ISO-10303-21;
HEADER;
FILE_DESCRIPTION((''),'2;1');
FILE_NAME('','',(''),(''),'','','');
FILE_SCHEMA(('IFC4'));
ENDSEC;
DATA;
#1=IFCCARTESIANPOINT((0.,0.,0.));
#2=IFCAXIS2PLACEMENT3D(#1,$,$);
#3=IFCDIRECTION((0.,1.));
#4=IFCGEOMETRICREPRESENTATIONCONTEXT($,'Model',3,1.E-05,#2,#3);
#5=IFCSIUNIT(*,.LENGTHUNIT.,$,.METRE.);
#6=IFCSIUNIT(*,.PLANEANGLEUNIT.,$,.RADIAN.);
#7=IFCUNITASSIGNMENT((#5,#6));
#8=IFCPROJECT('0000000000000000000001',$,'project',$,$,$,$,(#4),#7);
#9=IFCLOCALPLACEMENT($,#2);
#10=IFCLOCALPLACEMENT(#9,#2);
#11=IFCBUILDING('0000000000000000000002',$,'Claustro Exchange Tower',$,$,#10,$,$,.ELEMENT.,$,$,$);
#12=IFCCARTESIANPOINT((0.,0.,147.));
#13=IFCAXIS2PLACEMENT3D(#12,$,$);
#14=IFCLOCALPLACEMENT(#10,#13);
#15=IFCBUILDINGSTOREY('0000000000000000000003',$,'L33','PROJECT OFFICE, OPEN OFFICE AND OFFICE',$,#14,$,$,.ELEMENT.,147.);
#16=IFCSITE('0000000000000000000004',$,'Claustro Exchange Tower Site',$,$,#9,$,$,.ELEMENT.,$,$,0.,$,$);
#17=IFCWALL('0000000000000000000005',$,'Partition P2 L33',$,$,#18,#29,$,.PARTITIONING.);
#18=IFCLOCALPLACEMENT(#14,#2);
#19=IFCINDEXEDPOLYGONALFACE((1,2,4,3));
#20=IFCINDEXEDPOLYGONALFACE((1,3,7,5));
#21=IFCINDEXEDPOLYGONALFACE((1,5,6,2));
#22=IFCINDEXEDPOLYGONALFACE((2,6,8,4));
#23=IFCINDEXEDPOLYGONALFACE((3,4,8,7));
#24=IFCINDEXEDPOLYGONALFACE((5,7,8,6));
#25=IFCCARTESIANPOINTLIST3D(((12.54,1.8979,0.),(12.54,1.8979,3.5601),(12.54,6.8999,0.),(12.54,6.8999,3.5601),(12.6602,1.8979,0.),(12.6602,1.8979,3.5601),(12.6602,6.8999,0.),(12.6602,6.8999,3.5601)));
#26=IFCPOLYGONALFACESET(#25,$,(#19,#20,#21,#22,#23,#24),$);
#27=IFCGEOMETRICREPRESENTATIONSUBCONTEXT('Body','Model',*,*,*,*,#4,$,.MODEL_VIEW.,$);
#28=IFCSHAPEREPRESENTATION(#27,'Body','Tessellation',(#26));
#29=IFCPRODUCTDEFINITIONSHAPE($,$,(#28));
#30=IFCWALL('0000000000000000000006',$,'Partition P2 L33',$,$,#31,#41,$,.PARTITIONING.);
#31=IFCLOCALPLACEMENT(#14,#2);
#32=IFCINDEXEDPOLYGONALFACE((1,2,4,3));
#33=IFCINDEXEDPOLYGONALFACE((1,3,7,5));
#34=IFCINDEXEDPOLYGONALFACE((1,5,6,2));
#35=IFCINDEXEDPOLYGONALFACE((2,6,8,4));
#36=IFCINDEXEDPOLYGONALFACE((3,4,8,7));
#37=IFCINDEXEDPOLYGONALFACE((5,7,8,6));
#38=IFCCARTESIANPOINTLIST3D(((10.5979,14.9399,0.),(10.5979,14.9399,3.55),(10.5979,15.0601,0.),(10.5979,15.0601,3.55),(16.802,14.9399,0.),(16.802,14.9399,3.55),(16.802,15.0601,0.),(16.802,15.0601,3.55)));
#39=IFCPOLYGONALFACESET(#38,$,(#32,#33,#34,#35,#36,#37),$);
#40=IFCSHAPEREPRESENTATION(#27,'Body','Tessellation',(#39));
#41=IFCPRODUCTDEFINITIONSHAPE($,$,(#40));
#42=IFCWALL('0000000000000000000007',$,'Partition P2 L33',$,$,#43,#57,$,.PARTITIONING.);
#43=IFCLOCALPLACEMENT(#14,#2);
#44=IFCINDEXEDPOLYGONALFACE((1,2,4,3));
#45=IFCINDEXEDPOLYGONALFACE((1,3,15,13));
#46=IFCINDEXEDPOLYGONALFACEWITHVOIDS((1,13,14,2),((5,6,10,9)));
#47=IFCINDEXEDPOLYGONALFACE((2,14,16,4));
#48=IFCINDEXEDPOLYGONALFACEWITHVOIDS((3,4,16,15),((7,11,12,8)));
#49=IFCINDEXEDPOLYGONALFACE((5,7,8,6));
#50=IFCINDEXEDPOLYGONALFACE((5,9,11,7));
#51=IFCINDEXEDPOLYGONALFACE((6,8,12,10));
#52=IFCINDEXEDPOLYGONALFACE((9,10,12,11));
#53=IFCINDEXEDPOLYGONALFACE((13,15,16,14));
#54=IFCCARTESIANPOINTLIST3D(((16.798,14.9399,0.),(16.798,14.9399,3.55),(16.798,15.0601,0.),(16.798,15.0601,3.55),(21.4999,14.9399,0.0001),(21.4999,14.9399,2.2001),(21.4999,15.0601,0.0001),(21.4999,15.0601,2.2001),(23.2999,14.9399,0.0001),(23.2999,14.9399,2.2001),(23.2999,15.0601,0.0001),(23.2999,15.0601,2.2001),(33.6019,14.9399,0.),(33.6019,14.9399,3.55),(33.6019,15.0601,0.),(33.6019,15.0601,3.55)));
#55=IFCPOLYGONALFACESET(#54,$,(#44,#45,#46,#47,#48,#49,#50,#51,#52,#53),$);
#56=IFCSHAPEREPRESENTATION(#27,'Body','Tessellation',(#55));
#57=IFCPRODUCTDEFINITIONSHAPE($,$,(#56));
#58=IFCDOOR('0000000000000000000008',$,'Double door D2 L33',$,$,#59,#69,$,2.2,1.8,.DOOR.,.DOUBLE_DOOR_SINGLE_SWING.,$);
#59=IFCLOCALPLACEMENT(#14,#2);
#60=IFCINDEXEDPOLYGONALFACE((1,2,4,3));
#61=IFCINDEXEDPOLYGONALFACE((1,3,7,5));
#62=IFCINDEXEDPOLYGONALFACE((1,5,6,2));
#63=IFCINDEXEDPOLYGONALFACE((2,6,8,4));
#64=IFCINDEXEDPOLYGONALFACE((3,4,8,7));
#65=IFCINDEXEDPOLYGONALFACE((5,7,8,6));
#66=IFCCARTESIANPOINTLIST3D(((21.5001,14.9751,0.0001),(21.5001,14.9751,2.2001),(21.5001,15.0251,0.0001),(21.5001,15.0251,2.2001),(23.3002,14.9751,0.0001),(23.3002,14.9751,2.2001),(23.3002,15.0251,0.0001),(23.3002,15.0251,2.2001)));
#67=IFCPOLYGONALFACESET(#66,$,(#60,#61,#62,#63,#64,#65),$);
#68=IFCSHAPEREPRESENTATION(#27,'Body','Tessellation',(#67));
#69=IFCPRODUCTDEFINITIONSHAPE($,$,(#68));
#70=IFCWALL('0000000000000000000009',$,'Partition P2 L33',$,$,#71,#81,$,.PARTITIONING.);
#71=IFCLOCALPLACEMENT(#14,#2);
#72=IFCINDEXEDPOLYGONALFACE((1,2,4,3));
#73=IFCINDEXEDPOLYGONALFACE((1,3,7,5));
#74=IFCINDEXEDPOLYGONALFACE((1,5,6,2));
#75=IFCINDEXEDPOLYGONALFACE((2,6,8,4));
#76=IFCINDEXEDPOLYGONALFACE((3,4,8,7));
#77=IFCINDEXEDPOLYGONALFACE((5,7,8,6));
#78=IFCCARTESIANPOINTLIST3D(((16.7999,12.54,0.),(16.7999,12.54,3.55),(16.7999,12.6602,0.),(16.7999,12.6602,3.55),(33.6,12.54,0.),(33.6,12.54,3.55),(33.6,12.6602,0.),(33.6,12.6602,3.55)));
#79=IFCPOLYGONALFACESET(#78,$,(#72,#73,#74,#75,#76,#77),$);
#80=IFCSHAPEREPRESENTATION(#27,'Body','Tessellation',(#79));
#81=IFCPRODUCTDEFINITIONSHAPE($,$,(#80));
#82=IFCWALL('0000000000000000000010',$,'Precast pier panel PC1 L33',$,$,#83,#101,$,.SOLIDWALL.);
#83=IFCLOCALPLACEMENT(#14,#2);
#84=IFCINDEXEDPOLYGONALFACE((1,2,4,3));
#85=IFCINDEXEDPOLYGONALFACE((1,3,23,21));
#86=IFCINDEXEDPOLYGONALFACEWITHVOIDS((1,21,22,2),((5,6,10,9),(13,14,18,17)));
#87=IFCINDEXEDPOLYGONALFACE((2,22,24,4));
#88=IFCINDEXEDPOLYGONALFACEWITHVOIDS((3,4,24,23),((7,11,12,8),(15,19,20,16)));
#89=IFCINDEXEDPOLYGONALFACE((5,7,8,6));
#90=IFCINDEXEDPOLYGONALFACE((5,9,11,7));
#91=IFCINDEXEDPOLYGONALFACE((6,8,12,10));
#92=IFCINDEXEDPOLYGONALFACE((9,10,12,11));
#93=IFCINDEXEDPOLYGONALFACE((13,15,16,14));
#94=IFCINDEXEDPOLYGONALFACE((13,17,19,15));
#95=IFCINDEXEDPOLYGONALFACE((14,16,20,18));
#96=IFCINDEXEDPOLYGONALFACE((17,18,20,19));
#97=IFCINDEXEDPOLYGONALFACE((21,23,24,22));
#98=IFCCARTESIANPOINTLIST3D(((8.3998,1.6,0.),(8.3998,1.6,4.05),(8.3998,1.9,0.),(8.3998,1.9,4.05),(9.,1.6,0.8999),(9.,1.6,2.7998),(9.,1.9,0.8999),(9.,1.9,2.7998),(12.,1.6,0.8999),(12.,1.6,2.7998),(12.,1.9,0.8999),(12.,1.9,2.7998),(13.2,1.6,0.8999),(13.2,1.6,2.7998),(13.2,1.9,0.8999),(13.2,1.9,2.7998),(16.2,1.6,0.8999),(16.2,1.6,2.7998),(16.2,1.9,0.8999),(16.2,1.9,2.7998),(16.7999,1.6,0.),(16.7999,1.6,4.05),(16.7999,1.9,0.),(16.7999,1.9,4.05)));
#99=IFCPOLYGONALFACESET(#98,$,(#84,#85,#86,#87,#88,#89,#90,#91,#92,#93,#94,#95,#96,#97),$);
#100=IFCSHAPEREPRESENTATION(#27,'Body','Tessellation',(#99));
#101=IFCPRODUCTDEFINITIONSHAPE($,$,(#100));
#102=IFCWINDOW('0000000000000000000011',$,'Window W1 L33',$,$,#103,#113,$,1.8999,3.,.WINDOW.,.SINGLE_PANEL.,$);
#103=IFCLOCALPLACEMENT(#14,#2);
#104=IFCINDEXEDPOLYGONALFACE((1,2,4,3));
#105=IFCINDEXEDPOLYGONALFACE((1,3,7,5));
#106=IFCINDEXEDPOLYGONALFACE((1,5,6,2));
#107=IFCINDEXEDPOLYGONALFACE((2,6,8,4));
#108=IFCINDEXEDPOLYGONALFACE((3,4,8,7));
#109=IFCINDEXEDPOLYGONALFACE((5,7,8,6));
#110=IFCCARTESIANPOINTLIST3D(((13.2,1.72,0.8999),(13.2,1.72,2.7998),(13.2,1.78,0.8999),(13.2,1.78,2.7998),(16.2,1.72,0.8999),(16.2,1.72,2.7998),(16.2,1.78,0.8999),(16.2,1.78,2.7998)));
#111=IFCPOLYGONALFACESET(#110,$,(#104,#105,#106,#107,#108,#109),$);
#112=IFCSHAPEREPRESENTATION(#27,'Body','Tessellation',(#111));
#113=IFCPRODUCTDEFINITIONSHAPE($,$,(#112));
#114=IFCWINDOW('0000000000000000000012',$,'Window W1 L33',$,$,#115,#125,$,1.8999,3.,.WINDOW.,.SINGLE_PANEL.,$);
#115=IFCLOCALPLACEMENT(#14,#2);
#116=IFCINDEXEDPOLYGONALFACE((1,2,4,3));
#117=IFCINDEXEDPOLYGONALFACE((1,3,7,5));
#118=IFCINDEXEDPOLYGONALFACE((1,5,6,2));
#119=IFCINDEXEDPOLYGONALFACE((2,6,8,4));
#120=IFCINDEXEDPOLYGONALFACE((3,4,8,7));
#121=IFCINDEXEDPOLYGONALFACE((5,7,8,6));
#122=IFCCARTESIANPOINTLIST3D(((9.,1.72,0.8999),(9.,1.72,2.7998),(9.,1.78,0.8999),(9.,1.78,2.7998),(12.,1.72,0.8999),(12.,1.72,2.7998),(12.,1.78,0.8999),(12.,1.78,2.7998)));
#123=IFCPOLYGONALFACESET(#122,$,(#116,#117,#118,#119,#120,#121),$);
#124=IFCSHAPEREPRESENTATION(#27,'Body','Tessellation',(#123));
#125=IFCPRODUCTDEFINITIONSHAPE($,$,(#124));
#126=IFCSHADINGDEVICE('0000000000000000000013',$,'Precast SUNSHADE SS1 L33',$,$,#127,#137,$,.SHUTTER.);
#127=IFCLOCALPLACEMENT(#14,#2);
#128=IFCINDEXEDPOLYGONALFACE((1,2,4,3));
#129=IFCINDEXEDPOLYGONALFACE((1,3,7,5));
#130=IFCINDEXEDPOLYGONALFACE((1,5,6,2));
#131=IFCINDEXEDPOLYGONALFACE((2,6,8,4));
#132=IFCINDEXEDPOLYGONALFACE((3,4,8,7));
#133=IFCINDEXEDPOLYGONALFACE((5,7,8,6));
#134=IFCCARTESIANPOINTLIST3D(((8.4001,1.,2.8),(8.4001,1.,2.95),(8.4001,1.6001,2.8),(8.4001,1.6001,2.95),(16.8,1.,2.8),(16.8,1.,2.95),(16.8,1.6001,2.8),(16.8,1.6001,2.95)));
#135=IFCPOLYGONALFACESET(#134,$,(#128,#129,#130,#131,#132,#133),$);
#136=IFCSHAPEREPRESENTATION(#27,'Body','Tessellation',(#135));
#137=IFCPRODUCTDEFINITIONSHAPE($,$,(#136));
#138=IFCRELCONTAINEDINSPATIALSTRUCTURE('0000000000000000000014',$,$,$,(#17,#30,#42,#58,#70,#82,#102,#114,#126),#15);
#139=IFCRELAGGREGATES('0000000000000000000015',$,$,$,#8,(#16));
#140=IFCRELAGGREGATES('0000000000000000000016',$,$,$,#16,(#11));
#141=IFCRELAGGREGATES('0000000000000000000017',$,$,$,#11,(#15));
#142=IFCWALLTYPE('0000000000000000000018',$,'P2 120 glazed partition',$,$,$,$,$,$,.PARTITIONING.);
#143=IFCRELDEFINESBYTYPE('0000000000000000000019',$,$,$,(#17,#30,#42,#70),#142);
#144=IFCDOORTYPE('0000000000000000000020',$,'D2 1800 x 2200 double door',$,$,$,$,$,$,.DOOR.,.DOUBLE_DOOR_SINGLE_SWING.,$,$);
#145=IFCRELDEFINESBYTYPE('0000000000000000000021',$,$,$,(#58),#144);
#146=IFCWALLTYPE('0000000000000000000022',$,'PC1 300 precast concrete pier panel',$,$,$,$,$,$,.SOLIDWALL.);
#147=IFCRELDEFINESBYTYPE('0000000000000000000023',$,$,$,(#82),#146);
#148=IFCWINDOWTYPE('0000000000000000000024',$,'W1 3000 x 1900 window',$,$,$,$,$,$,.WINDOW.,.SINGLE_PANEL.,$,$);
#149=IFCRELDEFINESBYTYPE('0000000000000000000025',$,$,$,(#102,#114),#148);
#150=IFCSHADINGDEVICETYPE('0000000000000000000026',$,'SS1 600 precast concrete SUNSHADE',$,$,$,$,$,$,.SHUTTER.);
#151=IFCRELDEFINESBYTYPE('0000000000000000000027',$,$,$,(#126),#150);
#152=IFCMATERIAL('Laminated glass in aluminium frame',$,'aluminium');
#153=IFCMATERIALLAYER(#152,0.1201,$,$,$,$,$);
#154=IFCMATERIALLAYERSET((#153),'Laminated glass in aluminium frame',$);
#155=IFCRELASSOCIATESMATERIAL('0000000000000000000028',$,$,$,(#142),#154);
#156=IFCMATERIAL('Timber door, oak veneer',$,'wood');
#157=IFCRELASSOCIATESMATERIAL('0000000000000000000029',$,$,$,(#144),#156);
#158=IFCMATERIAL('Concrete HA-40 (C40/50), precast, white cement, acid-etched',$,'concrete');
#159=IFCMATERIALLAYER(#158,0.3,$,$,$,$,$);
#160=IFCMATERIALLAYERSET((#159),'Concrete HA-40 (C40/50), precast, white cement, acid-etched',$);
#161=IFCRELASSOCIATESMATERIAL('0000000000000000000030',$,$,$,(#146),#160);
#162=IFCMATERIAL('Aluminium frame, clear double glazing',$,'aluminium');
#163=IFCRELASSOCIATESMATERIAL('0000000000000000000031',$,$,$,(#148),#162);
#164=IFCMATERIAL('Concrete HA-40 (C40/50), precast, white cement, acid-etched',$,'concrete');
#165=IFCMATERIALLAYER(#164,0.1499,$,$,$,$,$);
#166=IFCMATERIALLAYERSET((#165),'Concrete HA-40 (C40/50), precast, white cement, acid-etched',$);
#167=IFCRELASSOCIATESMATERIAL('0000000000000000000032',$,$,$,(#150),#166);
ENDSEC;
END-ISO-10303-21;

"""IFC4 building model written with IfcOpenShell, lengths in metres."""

from ifc_helpers import new_model, si_unit, direction, frame, frame_2d, origin, origin_2d, place, context, subcontext, project, spatial, rectangle, extrude, material, layer, layer_set, type_object, element, fill, save


model = new_model("IFC4")

# Units and contexts
model_context = context("Model", 3, precision=1e-05, world=origin(), true_north=direction((0.0, 1.0)))
body_context = subcontext(model_context, "Body", "Model", "MODEL_VIEW")
ifc_project = project(units=[si_unit("LENGTHUNIT", "METRE"), si_unit("PLANEANGLEUNIT", "RADIAN")], contexts=[model_context])

# Site, building, storey
site_placement = place(None, origin())
site = spatial("IfcSite", under=ifc_project, at=site_placement, Name="Claustro Exchange Tower Site", CompositionType="ELEMENT", RefElevation=0.0)
building_placement = place(site_placement, origin())
building = spatial("IfcBuilding", under=site, at=building_placement, Name="Claustro Exchange Tower", CompositionType="ELEMENT")
storey_placement = place(building_placement, frame((0.0, 0.0, 147.0)))
storey = spatial("IfcBuildingStorey", under=building, at=storey_placement, Name="L33", Description="PROJECT OFFICE, OPEN OFFICE AND OFFICE", CompositionType="ELEMENT", Elevation=147.0)

# Walls
ifc_material_1 = material(Name="Laminated glass in aluminium frame", Category="aluminium")
ifc_layer_1 = layer(ifc_material_1, 0.1201)
ifc_layer_set_1 = layer_set([ifc_layer_1], Name="Laminated glass in aluminium frame")
wall_type_1 = type_object("IfcWallType", Name="P2 120 glazed partition", PredefinedType="PARTITIONING", material=ifc_layer_set_1)
wall_1_placement = place(storey_placement, frame((12.6001, 1.8979, 0.0), z_axis=(0.0, 0.0, 1.0), x_axis=(0.0, 1.0, 0.0)))
element("IfcWall", 1, at=wall_1_placement, inside=storey, type_object=wall_type_1, Name="Partition P2 L33", PredefinedType="PARTITIONING", context=body_context, shape_type="SweptSolid", body=[
    extrude(rectangle(XDim=5.002, YDim=0.1201, at=frame_2d((2.501, 0.0))), origin(), (0.0, 0.0, 1.0), 3.5601),
])
wall_2_placement = place(storey_placement, frame((10.5979, 15.0, 0.0), z_axis=(0.0, 0.0, 1.0), x_axis=(1.0, 0.0, 0.0)))
element("IfcWall", 2, at=wall_2_placement, inside=storey, type_object=wall_type_1, Name="Partition P2 L33", PredefinedType="PARTITIONING", context=body_context, shape_type="SweptSolid", body=[
    extrude(rectangle(XDim=6.2041, YDim=0.1201, at=frame_2d((3.1021, 0.0))), origin(), (0.0, 0.0, 1.0), 3.55),
])

# Wall, opening, door
wall_3_placement = place(storey_placement, frame((16.7981, 15.0, 0.0), z_axis=(0.0, 0.0, 1.0), x_axis=(1.0, 0.0, 0.0)))
wall_3 = element("IfcWall", 3, at=wall_3_placement, inside=storey, type_object=wall_type_1, Name="Partition P2 L33", PredefinedType="PARTITIONING", context=body_context, shape_type="SweptSolid", body=[
    extrude(rectangle(XDim=16.804, YDim=0.1201, at=frame_2d((8.4019, 0.0))), origin(), (0.0, 0.0, 1.0), 3.55),
])
opening_1_placement = place(wall_3_placement, frame((4.7019, 0.0, 0.0)))
opening_1 = element("IfcOpeningElement", 4, at=opening_1_placement, cuts=wall_3, PredefinedType="OPENING", context=body_context, shape_type="SweptSolid", body=[
    extrude(rectangle(XDim=1.8, YDim=2.2, at=frame_2d((0.8999, 1.1001))), frame((0.0, 0.0701, 0.0), z_axis=(0.0, -1.0, 0.0), x_axis=(1.0, 0.0, 0.0)), (0.0, 0.0, 1.0), 0.1401),
])
ifc_material_2 = material(Name="Timber door, oak veneer", Category="wood")
door_type_1 = type_object("IfcDoorType", Name="D2 1800 x 2200 double door", OperationType="DOUBLE_DOOR_SINGLE_SWING", PredefinedType="DOOR", material=ifc_material_2)
door_1_placement = place(opening_1_placement, frame((1.8, 0.0, 0.0), z_axis=(0.0, 0.0, 1.0), x_axis=(-1.0, 0.0, 0.0)))
door_1 = element("IfcDoor", 5, at=door_1_placement, inside=storey, type_object=door_type_1, Name="Double door D2 L33", OperationType="DOUBLE_DOOR_SINGLE_SWING", OverallHeight=2.2, OverallWidth=1.8, PredefinedType="DOOR", context=body_context, shape_type="SweptSolid", body=[
    extrude(rectangle(XDim=1.8, YDim=2.2, at=frame_2d((0.8999, 1.1001))), frame((0.0, 0.0249, 0.0), z_axis=(0.0, -1.0, 0.0), x_axis=(1.0, 0.0, 0.0)), (0.0, 0.0, 1.0), 0.05),
])
fill(opening_1, door_1)

# Wall
wall_4_placement = place(storey_placement, frame((16.8, 12.6001, 0.0), z_axis=(0.0, 0.0, 1.0), x_axis=(1.0, 0.0, 0.0)))
element("IfcWall", 6, at=wall_4_placement, inside=storey, type_object=wall_type_1, Name="Partition P2 L33", PredefinedType="PARTITIONING", context=body_context, shape_type="SweptSolid", body=[
    extrude(rectangle(XDim=16.8, YDim=0.1201, at=frame_2d((8.3999, 0.0))), origin(), (0.0, 0.0, 1.0), 3.55),
])

# Wall, openings, windows
ifc_material_3 = material(Name="Concrete HA-40 (C40/50), precast, white cement, acid-etched", Category="concrete")
ifc_layer_2 = layer(ifc_material_3, 0.3)
ifc_layer_set_2 = layer_set([ifc_layer_2], Name="Concrete HA-40 (C40/50), precast, white cement, acid-etched")
wall_type_2 = type_object("IfcWallType", Name="PC1 300 precast concrete pier panel", PredefinedType="SOLIDWALL", material=ifc_layer_set_2)
wall_5_placement = place(storey_placement, frame((16.8, 1.75, 0.0), z_axis=(0.0, 0.0, 1.0), x_axis=(-1.0, 0.0, 0.0)))
wall_5 = element("IfcWall", 7, at=wall_5_placement, inside=storey, type_object=wall_type_2, Name="Precast pier panel PC1 L33", PredefinedType="SOLIDWALL", context=body_context, shape_type="SweptSolid", body=[
    extrude(rectangle(XDim=8.4001, YDim=0.3, at=frame_2d((4.2002, 0.0))), origin(), (0.0, 0.0, 1.0), 4.05),
])
opening_2_placement = place(wall_5_placement, frame((0.6001, 0.0, 0.8999)))
opening_2 = element("IfcOpeningElement", 8, at=opening_2_placement, cuts=wall_5, PredefinedType="OPENING", context=body_context, shape_type="SweptSolid", body=[
    extrude(rectangle(XDim=3.0, YDim=1.8999, at=frame_2d((1.5, 0.95))), frame((0.0, 0.1599, 0.0), z_axis=(0.0, -1.0, 0.0), x_axis=(1.0, 0.0, 0.0)), (0.0, 0.0, 1.0), 0.3201),
])
opening_3_placement = place(wall_5_placement, frame((4.8, 0.0, 0.8999)))
opening_3 = element("IfcOpeningElement", 9, at=opening_3_placement, cuts=wall_5, PredefinedType="OPENING", context=body_context, shape_type="SweptSolid", body=[
    extrude(rectangle(XDim=3.0, YDim=1.8999, at=frame_2d((1.5, 0.95))), frame((0.0, 0.1599, 0.0), z_axis=(0.0, -1.0, 0.0), x_axis=(1.0, 0.0, 0.0)), (0.0, 0.0, 1.0), 0.3201),
])
ifc_material_4 = material(Name="Aluminium frame, clear double glazing", Category="aluminium")
window_type = type_object("IfcWindowType", Name="W1 3000 x 1900 window", PartitioningType="SINGLE_PANEL", PredefinedType="WINDOW", material=ifc_material_4)
window_1_placement = place(opening_2_placement, origin())
window_1 = element("IfcWindow", 10, at=window_1_placement, inside=storey, type_object=window_type, Name="Window W1 L33", OverallHeight=1.8999, OverallWidth=3.0, PartitioningType="SINGLE_PANEL", PredefinedType="WINDOW", context=body_context, shape_type="SweptSolid", body=[
    extrude(rectangle(XDim=3.0, YDim=1.8999, at=frame_2d((1.5, 0.95))), frame((0.0, 0.03, 0.0), z_axis=(0.0, -1.0, 0.0), x_axis=(1.0, 0.0, 0.0)), (0.0, 0.0, 1.0), 0.0601),
])
fill(opening_2, window_1)
window_2_placement = place(opening_3_placement, origin())
window_2 = element("IfcWindow", 11, at=window_2_placement, inside=storey, type_object=window_type, Name="Window W1 L33", OverallHeight=1.8999, OverallWidth=3.0, PartitioningType="SINGLE_PANEL", PredefinedType="WINDOW", context=body_context, shape_type="SweptSolid", body=[
    extrude(rectangle(XDim=3.0, YDim=1.8999, at=frame_2d((1.5, 0.95))), frame((0.0, 0.03, 0.0), z_axis=(0.0, -1.0, 0.0), x_axis=(1.0, 0.0, 0.0)), (0.0, 0.0, 1.0), 0.0601),
])
fill(opening_3, window_2)

# Shading device
ifc_material_5 = material(Name="Concrete HA-40 (C40/50), precast, white cement, acid-etched", Category="concrete")
ifc_layer_3 = layer(ifc_material_5, 0.1499)
ifc_layer_set_3 = layer_set([ifc_layer_3], Name="Concrete HA-40 (C40/50), precast, white cement, acid-etched")
shading_device_type = type_object("IfcShadingDeviceType", Name="SS1 600 precast concrete SUNSHADE", PredefinedType="SHUTTER", material=ifc_layer_set_3)
shading_device_placement = place(storey_placement, frame((12.6001, 1.3, 2.8), z_axis=(0.0, 0.0, 1.0), x_axis=(-1.0, 0.0, 0.0)))
element("IfcShadingDevice", 12, at=shading_device_placement, inside=storey, type_object=shading_device_type, Name="Precast SUNSHADE SS1 L33", PredefinedType="SHUTTER", context=body_context, shape_type="SweptSolid", body=[
    extrude(rectangle(XDim=8.3999, YDim=0.6001, at=origin_2d()), origin(), (0.0, 0.0, 1.0), 0.1499),
])

save(model, "model.ifc")
